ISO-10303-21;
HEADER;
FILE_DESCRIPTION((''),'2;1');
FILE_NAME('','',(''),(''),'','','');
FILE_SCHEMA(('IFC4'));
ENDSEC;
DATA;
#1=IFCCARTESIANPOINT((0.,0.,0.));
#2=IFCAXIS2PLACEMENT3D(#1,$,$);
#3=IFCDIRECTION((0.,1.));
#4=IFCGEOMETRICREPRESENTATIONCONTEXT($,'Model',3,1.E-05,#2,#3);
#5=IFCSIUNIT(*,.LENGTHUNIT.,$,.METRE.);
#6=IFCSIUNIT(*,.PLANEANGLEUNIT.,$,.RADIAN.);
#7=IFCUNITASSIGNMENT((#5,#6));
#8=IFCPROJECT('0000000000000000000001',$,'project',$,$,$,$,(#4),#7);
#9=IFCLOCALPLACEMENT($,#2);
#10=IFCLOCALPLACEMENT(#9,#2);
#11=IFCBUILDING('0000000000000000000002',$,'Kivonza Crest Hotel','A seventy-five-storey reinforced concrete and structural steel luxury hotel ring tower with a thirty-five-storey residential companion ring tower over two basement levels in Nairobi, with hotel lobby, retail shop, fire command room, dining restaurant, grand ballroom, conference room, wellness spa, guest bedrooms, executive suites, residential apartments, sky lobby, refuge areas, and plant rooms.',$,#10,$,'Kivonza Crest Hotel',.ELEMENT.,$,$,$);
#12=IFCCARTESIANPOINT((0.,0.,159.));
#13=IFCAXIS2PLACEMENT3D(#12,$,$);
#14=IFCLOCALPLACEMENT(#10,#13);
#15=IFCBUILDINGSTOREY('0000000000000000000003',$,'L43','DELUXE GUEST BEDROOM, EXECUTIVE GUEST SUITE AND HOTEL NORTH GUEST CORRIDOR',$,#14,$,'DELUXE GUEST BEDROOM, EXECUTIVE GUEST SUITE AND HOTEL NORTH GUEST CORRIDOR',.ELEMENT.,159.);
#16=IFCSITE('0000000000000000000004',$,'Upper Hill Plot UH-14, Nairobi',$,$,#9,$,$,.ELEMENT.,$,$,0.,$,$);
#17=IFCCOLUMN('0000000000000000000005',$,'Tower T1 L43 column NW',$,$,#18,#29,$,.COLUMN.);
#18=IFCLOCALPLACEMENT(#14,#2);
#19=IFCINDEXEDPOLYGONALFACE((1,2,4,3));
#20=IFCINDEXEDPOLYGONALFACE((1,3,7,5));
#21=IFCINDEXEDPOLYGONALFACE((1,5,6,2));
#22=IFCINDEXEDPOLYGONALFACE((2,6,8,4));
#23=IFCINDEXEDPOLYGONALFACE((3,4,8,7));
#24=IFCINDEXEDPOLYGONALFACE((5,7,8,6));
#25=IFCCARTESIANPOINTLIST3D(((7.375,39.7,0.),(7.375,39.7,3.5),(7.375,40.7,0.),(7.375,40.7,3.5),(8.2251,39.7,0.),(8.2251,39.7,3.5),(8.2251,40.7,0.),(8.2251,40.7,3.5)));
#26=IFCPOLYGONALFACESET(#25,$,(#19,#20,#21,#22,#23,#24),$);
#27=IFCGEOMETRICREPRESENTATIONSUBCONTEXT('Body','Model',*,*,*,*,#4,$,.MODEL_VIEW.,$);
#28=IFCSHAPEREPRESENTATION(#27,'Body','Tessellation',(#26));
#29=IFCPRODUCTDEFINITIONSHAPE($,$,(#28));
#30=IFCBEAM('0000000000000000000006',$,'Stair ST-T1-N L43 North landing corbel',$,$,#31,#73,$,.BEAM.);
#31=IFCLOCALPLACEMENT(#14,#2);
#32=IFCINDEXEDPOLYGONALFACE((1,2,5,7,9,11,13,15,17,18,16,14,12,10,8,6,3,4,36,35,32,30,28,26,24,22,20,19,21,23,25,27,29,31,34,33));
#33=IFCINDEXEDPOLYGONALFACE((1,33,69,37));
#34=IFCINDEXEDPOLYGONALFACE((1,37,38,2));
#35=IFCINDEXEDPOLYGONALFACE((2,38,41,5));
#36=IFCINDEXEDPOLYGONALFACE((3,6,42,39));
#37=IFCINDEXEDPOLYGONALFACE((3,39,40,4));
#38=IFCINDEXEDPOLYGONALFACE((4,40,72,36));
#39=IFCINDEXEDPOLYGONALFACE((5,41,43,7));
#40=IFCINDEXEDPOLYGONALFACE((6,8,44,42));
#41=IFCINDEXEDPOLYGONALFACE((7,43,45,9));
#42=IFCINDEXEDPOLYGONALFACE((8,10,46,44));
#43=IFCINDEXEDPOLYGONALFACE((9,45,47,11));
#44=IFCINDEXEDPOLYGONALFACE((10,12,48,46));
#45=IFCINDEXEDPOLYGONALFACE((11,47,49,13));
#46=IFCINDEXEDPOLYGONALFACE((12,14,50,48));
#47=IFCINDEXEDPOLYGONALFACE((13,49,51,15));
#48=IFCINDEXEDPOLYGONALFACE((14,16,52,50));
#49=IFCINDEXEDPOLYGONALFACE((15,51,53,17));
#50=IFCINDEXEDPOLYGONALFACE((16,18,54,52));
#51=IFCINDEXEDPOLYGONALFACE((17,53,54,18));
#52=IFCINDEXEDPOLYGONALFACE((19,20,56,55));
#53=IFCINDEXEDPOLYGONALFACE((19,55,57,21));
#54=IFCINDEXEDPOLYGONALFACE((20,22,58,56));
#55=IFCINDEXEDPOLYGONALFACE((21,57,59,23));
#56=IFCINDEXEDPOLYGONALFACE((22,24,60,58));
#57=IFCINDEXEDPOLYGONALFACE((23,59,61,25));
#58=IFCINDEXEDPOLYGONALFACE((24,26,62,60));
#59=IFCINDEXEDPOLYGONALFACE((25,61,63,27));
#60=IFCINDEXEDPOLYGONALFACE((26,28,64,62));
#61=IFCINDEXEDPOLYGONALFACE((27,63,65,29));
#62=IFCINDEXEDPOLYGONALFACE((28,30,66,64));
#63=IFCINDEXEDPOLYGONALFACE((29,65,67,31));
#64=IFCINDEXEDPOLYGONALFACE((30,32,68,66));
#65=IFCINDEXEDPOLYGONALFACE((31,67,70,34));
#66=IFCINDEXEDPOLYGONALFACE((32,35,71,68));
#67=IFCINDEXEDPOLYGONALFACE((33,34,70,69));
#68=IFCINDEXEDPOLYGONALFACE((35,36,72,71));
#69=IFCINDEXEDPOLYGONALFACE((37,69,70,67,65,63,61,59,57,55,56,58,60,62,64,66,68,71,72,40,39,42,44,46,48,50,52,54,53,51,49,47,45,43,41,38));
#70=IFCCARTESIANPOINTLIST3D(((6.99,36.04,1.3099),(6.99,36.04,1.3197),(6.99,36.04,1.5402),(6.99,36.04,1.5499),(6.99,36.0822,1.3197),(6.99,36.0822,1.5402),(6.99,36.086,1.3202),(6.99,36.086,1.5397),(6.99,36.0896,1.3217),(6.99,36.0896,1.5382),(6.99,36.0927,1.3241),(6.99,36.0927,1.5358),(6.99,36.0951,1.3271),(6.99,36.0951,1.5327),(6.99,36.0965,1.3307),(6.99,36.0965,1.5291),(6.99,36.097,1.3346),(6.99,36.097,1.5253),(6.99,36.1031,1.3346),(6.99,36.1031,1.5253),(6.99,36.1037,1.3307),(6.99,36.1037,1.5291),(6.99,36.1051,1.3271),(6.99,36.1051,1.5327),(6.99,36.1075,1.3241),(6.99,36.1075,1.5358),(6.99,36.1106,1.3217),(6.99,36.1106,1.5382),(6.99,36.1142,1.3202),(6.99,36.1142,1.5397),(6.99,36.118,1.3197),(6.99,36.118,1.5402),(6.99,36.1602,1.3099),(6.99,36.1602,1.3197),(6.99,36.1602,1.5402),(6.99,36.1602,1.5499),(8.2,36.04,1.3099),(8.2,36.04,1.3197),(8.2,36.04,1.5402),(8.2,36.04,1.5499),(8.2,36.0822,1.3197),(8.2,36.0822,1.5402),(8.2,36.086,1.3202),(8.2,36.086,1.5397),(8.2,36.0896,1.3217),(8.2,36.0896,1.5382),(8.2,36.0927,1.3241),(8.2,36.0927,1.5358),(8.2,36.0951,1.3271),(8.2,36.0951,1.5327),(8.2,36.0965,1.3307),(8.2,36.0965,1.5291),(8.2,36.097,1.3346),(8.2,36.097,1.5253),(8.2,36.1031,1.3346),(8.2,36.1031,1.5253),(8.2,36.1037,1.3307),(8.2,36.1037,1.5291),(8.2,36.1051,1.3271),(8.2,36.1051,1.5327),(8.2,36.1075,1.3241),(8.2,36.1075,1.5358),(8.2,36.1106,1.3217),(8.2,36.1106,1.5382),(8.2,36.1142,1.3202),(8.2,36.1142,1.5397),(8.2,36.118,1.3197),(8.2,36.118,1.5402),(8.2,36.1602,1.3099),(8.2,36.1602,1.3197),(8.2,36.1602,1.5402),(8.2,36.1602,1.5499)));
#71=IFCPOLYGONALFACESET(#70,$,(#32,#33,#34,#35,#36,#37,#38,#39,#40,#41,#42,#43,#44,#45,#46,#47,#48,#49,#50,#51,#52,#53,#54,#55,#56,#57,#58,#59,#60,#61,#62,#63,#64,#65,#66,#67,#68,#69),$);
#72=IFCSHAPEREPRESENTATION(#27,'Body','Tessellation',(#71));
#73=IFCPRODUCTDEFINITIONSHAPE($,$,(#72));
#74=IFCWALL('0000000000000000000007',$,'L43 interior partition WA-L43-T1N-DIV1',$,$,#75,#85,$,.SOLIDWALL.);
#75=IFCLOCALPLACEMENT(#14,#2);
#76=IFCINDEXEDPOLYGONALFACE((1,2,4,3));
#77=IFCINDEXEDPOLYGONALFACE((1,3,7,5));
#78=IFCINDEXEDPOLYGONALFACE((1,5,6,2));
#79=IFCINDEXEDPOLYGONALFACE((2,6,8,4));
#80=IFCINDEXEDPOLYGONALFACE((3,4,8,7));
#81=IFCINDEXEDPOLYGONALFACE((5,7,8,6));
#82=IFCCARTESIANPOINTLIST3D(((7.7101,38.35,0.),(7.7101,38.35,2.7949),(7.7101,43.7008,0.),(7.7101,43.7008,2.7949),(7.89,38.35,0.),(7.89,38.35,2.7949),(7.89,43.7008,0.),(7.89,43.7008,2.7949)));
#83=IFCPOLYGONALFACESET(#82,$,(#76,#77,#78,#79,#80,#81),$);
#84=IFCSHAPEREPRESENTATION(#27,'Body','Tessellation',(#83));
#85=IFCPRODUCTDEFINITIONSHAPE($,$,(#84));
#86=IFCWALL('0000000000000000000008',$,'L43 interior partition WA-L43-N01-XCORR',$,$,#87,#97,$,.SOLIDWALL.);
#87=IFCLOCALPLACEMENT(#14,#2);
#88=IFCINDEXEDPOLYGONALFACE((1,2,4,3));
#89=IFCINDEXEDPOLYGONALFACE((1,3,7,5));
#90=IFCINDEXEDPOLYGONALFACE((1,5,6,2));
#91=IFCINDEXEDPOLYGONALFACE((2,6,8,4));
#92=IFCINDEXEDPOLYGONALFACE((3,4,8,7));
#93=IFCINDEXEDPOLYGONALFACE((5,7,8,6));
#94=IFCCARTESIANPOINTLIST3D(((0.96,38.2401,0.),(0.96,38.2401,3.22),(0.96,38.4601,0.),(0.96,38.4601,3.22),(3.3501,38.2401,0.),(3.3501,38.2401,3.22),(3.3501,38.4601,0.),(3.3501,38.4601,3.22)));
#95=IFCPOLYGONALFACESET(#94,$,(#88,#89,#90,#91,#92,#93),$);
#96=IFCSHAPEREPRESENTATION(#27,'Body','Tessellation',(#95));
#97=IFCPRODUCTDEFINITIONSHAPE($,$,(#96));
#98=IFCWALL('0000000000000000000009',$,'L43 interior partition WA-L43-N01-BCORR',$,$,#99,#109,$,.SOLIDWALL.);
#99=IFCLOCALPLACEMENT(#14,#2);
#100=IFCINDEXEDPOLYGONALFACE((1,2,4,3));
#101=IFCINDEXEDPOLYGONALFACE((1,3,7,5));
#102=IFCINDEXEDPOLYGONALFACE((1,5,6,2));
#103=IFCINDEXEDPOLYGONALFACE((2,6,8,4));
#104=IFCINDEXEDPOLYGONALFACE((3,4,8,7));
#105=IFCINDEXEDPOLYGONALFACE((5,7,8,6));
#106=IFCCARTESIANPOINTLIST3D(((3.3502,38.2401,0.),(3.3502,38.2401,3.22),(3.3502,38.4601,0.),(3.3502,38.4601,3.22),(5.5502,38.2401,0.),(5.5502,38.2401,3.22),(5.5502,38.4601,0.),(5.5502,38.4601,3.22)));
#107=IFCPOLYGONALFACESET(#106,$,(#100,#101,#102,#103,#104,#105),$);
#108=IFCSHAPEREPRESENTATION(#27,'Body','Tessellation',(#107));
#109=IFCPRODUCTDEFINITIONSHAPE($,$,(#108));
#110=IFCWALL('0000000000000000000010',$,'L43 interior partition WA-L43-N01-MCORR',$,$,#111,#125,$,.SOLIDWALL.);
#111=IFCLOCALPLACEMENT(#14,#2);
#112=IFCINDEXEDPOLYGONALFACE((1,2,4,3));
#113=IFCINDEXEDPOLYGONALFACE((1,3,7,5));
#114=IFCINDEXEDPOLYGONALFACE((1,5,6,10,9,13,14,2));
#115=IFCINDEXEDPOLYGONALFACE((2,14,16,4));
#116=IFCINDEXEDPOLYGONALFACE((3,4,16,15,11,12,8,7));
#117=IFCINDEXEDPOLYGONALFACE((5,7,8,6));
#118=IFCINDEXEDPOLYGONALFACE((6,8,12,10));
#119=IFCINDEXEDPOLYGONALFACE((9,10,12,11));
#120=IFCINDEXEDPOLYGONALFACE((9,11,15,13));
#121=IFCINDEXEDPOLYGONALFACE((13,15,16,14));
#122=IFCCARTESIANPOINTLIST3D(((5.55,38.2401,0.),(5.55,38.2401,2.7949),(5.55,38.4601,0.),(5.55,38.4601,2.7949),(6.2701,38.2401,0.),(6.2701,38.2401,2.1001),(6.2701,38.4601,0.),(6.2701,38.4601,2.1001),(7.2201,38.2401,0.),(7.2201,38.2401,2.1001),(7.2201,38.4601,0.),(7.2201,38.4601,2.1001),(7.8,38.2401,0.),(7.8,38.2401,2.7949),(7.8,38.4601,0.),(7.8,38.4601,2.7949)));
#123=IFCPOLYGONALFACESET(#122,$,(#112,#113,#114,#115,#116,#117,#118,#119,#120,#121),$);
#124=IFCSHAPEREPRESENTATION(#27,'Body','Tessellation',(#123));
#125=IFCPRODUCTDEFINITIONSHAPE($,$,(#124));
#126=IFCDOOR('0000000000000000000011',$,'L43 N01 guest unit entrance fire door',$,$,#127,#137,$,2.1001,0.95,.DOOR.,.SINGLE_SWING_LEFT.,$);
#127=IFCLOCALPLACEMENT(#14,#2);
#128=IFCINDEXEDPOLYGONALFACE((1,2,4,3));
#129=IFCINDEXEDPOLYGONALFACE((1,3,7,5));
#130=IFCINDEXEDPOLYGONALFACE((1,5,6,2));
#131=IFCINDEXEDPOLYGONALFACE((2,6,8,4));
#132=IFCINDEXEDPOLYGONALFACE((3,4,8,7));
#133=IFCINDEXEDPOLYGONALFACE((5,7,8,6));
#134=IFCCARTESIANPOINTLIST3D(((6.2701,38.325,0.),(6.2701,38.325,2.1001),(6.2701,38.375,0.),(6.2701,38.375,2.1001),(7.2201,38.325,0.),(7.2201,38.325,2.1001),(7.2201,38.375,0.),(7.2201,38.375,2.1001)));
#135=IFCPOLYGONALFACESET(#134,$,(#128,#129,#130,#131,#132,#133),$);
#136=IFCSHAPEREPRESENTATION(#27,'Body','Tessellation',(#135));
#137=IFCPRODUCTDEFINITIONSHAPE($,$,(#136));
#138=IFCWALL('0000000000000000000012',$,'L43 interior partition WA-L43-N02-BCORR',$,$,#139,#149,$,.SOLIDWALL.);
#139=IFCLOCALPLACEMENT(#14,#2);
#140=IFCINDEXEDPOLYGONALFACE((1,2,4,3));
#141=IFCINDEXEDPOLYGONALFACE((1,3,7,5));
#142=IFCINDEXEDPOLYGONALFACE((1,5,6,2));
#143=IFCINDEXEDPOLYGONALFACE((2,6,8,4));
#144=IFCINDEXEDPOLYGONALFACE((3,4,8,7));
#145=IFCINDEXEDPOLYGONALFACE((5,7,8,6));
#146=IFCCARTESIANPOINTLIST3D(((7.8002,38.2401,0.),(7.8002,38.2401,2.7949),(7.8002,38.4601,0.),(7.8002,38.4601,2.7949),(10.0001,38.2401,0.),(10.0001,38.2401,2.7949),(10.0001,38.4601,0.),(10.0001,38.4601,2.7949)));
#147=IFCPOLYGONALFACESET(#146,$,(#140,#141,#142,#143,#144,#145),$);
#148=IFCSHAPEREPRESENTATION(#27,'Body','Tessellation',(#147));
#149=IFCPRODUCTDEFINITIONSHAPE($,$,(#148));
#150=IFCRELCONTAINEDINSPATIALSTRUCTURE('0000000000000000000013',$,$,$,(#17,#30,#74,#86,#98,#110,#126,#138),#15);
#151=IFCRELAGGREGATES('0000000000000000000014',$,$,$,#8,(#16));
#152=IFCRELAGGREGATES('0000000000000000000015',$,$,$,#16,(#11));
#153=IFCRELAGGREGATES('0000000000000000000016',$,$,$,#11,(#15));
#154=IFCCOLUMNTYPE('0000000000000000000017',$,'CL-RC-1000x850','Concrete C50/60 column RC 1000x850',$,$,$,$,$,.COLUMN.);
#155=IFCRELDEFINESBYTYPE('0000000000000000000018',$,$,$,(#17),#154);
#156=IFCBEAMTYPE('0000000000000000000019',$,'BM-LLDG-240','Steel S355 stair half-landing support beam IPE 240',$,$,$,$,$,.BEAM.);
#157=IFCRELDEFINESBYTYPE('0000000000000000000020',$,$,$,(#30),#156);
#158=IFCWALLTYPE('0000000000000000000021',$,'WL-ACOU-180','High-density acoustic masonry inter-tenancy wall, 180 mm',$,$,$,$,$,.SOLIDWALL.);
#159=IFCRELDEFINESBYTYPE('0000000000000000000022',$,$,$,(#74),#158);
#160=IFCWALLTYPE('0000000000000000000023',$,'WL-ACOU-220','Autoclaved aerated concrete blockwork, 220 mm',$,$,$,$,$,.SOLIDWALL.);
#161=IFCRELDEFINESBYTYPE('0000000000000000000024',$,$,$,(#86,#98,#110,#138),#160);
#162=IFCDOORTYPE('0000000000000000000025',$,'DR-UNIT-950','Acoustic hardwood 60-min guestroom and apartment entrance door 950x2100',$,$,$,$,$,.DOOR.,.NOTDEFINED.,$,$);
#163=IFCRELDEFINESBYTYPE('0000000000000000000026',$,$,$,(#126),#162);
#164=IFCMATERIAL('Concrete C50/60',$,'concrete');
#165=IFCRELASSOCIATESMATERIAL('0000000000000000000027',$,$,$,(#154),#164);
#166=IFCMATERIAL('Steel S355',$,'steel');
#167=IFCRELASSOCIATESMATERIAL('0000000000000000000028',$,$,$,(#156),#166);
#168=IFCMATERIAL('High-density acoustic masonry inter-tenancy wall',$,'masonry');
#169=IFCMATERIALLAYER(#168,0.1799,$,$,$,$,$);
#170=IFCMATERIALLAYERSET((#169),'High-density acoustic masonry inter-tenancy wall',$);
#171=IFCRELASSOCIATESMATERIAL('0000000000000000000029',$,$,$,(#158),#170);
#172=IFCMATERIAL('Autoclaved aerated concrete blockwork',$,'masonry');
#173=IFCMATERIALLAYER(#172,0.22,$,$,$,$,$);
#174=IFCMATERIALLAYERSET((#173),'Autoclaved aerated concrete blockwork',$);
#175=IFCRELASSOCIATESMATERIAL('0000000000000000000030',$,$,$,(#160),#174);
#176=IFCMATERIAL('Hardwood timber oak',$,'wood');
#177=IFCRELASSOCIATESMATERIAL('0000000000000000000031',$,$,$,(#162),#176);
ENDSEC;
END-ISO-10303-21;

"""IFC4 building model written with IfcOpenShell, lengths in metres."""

from ifc_helpers import new_model, si_unit, direction, frame, frame_2d, origin, origin_2d, place, context, subcontext, project, spatial, rectangle, i_section, extrude, material, layer, layer_set, material_profile, profile_set, type_object, element, fill, save


model = new_model("IFC4")

# Units and contexts
model_context = context("Model", 3, precision=1e-05, world=origin(), true_north=direction((0.0, 1.0)))
body_context = subcontext(model_context, "Body", "Model", "MODEL_VIEW")
ifc_project = project(units=[si_unit("LENGTHUNIT", "METRE"), si_unit("PLANEANGLEUNIT", "RADIAN")], contexts=[model_context])

# Site, building, storey
site_placement = place(None, origin())
site = spatial("IfcSite", under=ifc_project, at=site_placement, Name="Upper Hill Plot UH-14, Nairobi", CompositionType="ELEMENT", RefElevation=0.0)
building_placement = place(site_placement, origin())
building = spatial("IfcBuilding", under=site, at=building_placement, Name="Kivonza Crest Hotel", Description="A seventy-five-storey reinforced concrete and structural steel luxury hotel ring tower with a thirty-five-storey residential companion ring tower over two basement levels in Nairobi, with hotel lobby, retail shop, fire command room, dining restaurant, grand ballroom, conference room, wellness spa, guest bedrooms, executive suites, residential apartments, sky lobby, refuge areas, and plant rooms.", LongName="Kivonza Crest Hotel", CompositionType="ELEMENT")
storey_placement = place(building_placement, frame((0.0, 0.0, 159.0)))
storey = spatial("IfcBuildingStorey", under=building, at=storey_placement, Name="L43", Description="DELUXE GUEST BEDROOM, EXECUTIVE GUEST SUITE AND HOTEL NORTH GUEST CORRIDOR", LongName="DELUXE GUEST BEDROOM, EXECUTIVE GUEST SUITE AND HOTEL NORTH GUEST CORRIDOR", CompositionType="ELEMENT", Elevation=159.0)

# Column
ifc_material_1 = material(Name="Concrete C50/60", Category="concrete")
ifc_material_profile_1 = material_profile(ifc_material_1, rectangle(XDim=0.8501, YDim=1.0, at=origin_2d()), Name="RC 1000x850")
ifc_profile_set_1 = profile_set([ifc_material_profile_1], Name="Concrete C50/60")
column_type = type_object("IfcColumnType", Name="CL-RC-1000x850", Description="Concrete C50/60 column RC 1000x850", PredefinedType="COLUMN", material=ifc_profile_set_1)
column_placement = place(storey_placement, frame((7.8, 40.2, 0.0), z_axis=(0.0, 0.0, 1.0), x_axis=(1.0, 0.0, 0.0)))
element("IfcColumn", 1, at=column_placement, inside=storey, type_object=column_type, Name="Tower T1 L43 column NW", PredefinedType="COLUMN", context=body_context, shape_type="SweptSolid", body=[
    extrude(rectangle(XDim=0.8501, YDim=1.0, at=origin_2d()), origin(), (0.0, 0.0, 1.0), 3.5),
])

# Beam
ifc_material_2 = material(Name="Steel S355", Category="steel")
ifc_material_profile_2 = material_profile(ifc_material_2, i_section(OverallWidth=0.1201, OverallDepth=0.24, WebThickness=0.0061, FlangeThickness=0.0098, FilletRadius=0.0149, at=origin_2d()), Name="IPE 240")
ifc_profile_set_2 = profile_set([ifc_material_profile_2], Name="Steel S355")
beam_type = type_object("IfcBeamType", Name="BM-LLDG-240", Description="Steel S355 stair half-landing support beam IPE 240", PredefinedType="BEAM", material=ifc_profile_set_2)
beam_placement = place(storey_placement, frame((6.99, 36.1001, 1.4299), z_axis=(1.0, 0.0, 0.0), x_axis=(0.0, 1.0, 0.0)))
element("IfcBeam", 2, at=beam_placement, inside=storey, type_object=beam_type, Name="Stair ST-T1-N L43 North landing corbel", PredefinedType="BEAM", context=body_context, shape_type="SweptSolid", body=[
    extrude(i_section(OverallWidth=0.1201, OverallDepth=0.24, WebThickness=0.0061, FlangeThickness=0.0098, FilletRadius=0.0149, at=origin_2d()), origin(), (0.0, 0.0, 1.0), 1.21),
])

# Walls
ifc_material_3 = material(Name="High-density acoustic masonry inter-tenancy wall", Category="masonry")
ifc_layer_1 = layer(ifc_material_3, 0.1799)
ifc_layer_set_1 = layer_set([ifc_layer_1], Name="High-density acoustic masonry inter-tenancy wall")
wall_type_1 = type_object("IfcWallType", Name="WL-ACOU-180", Description="High-density acoustic masonry inter-tenancy wall, 180 mm", PredefinedType="SOLIDWALL", material=ifc_layer_set_1)
wall_1_placement = place(storey_placement, frame((7.8, 38.3501, 0.0), z_axis=(0.0, 0.0, 1.0), x_axis=(0.0, 1.0, 0.0)))
element("IfcWall", 3, at=wall_1_placement, inside=storey, type_object=wall_type_1, Name="L43 interior partition WA-L43-T1N-DIV1", PredefinedType="SOLIDWALL", context=body_context, shape_type="SweptSolid", body=[
    extrude(rectangle(XDim=5.3508, YDim=0.1799, at=frame_2d((2.6753, 0.0))), origin(), (0.0, 0.0, 1.0), 2.7949),
])
ifc_material_4 = material(Name="Autoclaved aerated concrete blockwork", Category="masonry")
ifc_layer_2 = layer(ifc_material_4, 0.22)
ifc_layer_set_2 = layer_set([ifc_layer_2], Name="Autoclaved aerated concrete blockwork")
wall_type_2 = type_object("IfcWallType", Name="WL-ACOU-220", Description="Autoclaved aerated concrete blockwork, 220 mm", PredefinedType="SOLIDWALL", material=ifc_layer_set_2)
wall_2_placement = place(storey_placement, frame((0.96, 38.3501, 0.0), z_axis=(0.0, 0.0, 1.0), x_axis=(1.0, 0.0, 0.0)))
element("IfcWall", 4, at=wall_2_placement, inside=storey, type_object=wall_type_2, Name="L43 interior partition WA-L43-N01-XCORR", PredefinedType="SOLIDWALL", context=body_context, shape_type="SweptSolid", body=[
    extrude(rectangle(XDim=2.3901, YDim=0.22, at=frame_2d((1.1951, 0.0))), origin(), (0.0, 0.0, 1.0), 3.22),
])
wall_3_placement = place(storey_placement, frame((3.3501, 38.3501, 0.0), z_axis=(0.0, 0.0, 1.0), x_axis=(1.0, 0.0, 0.0)))
element("IfcWall", 5, at=wall_3_placement, inside=storey, type_object=wall_type_2, Name="L43 interior partition WA-L43-N01-BCORR", PredefinedType="SOLIDWALL", context=body_context, shape_type="SweptSolid", body=[
    extrude(rectangle(XDim=2.2, YDim=0.22, at=frame_2d((1.1001, 0.0))), origin(), (0.0, 0.0, 1.0), 3.22),
])

# Wall, opening, door
wall_4_placement = place(storey_placement, frame((5.55, 38.3501, 0.0), z_axis=(0.0, 0.0, 1.0), x_axis=(1.0, 0.0, 0.0)))
wall_4 = element("IfcWall", 6, at=wall_4_placement, inside=storey, type_object=wall_type_2, Name="L43 interior partition WA-L43-N01-MCORR", PredefinedType="SOLIDWALL", context=body_context, shape_type="SweptSolid", body=[
    extrude(rectangle(XDim=2.25, YDim=0.22, at=frame_2d((1.125, 0.0))), origin(), (0.0, 0.0, 1.0), 2.7949),
])
opening_1_placement = place(wall_4_placement, frame((0.72, 0.0, 0.0)))
opening_1 = element("IfcOpeningElement", 7, at=opening_1_placement, cuts=wall_4, PredefinedType="OPENING", context=body_context, shape_type="SweptSolid", body=[
    extrude(rectangle(XDim=0.95, YDim=2.1001, at=frame_2d((0.4751, 1.05))), frame((0.0, 0.1201, 0.0), z_axis=(0.0, -1.0, 0.0), x_axis=(1.0, 0.0, 0.0)), (0.0, 0.0, 1.0), 0.24),
])
ifc_material_5 = material(Name="Hardwood timber oak", Category="wood")
door_type_1 = type_object("IfcDoorType", Name="DR-UNIT-950", Description="Acoustic hardwood 60-min guestroom and apartment entrance door 950x2100", OperationType="NOTDEFINED", PredefinedType="DOOR", material=ifc_material_5)
door_1_placement = place(opening_1_placement, origin())
door_1 = element("IfcDoor", 8, at=door_1_placement, inside=storey, type_object=door_type_1, Name="L43 N01 guest unit entrance fire door", OperationType="SINGLE_SWING_LEFT", OverallHeight=2.1001, OverallWidth=0.95, PredefinedType="DOOR", context=body_context, shape_type="SweptSolid", body=[
    extrude(rectangle(XDim=0.95, YDim=2.1001, at=frame_2d((0.4751, 1.05))), frame((0.0, 0.0249, 0.0), z_axis=(0.0, -1.0, 0.0), x_axis=(1.0, 0.0, 0.0)), (0.0, 0.0, 1.0), 0.05),
])
fill(opening_1, door_1)

# Wall
wall_5_placement = place(storey_placement, frame((7.8, 38.3501, 0.0), z_axis=(0.0, 0.0, 1.0), x_axis=(1.0, 0.0, 0.0)))
element("IfcWall", 9, at=wall_5_placement, inside=storey, type_object=wall_type_2, Name="L43 interior partition WA-L43-N02-BCORR", PredefinedType="SOLIDWALL", context=body_context, shape_type="SweptSolid", body=[
    extrude(rectangle(XDim=2.2, YDim=0.22, at=frame_2d((1.1001, 0.0))), origin(), (0.0, 0.0, 1.0), 2.7949),
])

save(model, "model.ifc")
